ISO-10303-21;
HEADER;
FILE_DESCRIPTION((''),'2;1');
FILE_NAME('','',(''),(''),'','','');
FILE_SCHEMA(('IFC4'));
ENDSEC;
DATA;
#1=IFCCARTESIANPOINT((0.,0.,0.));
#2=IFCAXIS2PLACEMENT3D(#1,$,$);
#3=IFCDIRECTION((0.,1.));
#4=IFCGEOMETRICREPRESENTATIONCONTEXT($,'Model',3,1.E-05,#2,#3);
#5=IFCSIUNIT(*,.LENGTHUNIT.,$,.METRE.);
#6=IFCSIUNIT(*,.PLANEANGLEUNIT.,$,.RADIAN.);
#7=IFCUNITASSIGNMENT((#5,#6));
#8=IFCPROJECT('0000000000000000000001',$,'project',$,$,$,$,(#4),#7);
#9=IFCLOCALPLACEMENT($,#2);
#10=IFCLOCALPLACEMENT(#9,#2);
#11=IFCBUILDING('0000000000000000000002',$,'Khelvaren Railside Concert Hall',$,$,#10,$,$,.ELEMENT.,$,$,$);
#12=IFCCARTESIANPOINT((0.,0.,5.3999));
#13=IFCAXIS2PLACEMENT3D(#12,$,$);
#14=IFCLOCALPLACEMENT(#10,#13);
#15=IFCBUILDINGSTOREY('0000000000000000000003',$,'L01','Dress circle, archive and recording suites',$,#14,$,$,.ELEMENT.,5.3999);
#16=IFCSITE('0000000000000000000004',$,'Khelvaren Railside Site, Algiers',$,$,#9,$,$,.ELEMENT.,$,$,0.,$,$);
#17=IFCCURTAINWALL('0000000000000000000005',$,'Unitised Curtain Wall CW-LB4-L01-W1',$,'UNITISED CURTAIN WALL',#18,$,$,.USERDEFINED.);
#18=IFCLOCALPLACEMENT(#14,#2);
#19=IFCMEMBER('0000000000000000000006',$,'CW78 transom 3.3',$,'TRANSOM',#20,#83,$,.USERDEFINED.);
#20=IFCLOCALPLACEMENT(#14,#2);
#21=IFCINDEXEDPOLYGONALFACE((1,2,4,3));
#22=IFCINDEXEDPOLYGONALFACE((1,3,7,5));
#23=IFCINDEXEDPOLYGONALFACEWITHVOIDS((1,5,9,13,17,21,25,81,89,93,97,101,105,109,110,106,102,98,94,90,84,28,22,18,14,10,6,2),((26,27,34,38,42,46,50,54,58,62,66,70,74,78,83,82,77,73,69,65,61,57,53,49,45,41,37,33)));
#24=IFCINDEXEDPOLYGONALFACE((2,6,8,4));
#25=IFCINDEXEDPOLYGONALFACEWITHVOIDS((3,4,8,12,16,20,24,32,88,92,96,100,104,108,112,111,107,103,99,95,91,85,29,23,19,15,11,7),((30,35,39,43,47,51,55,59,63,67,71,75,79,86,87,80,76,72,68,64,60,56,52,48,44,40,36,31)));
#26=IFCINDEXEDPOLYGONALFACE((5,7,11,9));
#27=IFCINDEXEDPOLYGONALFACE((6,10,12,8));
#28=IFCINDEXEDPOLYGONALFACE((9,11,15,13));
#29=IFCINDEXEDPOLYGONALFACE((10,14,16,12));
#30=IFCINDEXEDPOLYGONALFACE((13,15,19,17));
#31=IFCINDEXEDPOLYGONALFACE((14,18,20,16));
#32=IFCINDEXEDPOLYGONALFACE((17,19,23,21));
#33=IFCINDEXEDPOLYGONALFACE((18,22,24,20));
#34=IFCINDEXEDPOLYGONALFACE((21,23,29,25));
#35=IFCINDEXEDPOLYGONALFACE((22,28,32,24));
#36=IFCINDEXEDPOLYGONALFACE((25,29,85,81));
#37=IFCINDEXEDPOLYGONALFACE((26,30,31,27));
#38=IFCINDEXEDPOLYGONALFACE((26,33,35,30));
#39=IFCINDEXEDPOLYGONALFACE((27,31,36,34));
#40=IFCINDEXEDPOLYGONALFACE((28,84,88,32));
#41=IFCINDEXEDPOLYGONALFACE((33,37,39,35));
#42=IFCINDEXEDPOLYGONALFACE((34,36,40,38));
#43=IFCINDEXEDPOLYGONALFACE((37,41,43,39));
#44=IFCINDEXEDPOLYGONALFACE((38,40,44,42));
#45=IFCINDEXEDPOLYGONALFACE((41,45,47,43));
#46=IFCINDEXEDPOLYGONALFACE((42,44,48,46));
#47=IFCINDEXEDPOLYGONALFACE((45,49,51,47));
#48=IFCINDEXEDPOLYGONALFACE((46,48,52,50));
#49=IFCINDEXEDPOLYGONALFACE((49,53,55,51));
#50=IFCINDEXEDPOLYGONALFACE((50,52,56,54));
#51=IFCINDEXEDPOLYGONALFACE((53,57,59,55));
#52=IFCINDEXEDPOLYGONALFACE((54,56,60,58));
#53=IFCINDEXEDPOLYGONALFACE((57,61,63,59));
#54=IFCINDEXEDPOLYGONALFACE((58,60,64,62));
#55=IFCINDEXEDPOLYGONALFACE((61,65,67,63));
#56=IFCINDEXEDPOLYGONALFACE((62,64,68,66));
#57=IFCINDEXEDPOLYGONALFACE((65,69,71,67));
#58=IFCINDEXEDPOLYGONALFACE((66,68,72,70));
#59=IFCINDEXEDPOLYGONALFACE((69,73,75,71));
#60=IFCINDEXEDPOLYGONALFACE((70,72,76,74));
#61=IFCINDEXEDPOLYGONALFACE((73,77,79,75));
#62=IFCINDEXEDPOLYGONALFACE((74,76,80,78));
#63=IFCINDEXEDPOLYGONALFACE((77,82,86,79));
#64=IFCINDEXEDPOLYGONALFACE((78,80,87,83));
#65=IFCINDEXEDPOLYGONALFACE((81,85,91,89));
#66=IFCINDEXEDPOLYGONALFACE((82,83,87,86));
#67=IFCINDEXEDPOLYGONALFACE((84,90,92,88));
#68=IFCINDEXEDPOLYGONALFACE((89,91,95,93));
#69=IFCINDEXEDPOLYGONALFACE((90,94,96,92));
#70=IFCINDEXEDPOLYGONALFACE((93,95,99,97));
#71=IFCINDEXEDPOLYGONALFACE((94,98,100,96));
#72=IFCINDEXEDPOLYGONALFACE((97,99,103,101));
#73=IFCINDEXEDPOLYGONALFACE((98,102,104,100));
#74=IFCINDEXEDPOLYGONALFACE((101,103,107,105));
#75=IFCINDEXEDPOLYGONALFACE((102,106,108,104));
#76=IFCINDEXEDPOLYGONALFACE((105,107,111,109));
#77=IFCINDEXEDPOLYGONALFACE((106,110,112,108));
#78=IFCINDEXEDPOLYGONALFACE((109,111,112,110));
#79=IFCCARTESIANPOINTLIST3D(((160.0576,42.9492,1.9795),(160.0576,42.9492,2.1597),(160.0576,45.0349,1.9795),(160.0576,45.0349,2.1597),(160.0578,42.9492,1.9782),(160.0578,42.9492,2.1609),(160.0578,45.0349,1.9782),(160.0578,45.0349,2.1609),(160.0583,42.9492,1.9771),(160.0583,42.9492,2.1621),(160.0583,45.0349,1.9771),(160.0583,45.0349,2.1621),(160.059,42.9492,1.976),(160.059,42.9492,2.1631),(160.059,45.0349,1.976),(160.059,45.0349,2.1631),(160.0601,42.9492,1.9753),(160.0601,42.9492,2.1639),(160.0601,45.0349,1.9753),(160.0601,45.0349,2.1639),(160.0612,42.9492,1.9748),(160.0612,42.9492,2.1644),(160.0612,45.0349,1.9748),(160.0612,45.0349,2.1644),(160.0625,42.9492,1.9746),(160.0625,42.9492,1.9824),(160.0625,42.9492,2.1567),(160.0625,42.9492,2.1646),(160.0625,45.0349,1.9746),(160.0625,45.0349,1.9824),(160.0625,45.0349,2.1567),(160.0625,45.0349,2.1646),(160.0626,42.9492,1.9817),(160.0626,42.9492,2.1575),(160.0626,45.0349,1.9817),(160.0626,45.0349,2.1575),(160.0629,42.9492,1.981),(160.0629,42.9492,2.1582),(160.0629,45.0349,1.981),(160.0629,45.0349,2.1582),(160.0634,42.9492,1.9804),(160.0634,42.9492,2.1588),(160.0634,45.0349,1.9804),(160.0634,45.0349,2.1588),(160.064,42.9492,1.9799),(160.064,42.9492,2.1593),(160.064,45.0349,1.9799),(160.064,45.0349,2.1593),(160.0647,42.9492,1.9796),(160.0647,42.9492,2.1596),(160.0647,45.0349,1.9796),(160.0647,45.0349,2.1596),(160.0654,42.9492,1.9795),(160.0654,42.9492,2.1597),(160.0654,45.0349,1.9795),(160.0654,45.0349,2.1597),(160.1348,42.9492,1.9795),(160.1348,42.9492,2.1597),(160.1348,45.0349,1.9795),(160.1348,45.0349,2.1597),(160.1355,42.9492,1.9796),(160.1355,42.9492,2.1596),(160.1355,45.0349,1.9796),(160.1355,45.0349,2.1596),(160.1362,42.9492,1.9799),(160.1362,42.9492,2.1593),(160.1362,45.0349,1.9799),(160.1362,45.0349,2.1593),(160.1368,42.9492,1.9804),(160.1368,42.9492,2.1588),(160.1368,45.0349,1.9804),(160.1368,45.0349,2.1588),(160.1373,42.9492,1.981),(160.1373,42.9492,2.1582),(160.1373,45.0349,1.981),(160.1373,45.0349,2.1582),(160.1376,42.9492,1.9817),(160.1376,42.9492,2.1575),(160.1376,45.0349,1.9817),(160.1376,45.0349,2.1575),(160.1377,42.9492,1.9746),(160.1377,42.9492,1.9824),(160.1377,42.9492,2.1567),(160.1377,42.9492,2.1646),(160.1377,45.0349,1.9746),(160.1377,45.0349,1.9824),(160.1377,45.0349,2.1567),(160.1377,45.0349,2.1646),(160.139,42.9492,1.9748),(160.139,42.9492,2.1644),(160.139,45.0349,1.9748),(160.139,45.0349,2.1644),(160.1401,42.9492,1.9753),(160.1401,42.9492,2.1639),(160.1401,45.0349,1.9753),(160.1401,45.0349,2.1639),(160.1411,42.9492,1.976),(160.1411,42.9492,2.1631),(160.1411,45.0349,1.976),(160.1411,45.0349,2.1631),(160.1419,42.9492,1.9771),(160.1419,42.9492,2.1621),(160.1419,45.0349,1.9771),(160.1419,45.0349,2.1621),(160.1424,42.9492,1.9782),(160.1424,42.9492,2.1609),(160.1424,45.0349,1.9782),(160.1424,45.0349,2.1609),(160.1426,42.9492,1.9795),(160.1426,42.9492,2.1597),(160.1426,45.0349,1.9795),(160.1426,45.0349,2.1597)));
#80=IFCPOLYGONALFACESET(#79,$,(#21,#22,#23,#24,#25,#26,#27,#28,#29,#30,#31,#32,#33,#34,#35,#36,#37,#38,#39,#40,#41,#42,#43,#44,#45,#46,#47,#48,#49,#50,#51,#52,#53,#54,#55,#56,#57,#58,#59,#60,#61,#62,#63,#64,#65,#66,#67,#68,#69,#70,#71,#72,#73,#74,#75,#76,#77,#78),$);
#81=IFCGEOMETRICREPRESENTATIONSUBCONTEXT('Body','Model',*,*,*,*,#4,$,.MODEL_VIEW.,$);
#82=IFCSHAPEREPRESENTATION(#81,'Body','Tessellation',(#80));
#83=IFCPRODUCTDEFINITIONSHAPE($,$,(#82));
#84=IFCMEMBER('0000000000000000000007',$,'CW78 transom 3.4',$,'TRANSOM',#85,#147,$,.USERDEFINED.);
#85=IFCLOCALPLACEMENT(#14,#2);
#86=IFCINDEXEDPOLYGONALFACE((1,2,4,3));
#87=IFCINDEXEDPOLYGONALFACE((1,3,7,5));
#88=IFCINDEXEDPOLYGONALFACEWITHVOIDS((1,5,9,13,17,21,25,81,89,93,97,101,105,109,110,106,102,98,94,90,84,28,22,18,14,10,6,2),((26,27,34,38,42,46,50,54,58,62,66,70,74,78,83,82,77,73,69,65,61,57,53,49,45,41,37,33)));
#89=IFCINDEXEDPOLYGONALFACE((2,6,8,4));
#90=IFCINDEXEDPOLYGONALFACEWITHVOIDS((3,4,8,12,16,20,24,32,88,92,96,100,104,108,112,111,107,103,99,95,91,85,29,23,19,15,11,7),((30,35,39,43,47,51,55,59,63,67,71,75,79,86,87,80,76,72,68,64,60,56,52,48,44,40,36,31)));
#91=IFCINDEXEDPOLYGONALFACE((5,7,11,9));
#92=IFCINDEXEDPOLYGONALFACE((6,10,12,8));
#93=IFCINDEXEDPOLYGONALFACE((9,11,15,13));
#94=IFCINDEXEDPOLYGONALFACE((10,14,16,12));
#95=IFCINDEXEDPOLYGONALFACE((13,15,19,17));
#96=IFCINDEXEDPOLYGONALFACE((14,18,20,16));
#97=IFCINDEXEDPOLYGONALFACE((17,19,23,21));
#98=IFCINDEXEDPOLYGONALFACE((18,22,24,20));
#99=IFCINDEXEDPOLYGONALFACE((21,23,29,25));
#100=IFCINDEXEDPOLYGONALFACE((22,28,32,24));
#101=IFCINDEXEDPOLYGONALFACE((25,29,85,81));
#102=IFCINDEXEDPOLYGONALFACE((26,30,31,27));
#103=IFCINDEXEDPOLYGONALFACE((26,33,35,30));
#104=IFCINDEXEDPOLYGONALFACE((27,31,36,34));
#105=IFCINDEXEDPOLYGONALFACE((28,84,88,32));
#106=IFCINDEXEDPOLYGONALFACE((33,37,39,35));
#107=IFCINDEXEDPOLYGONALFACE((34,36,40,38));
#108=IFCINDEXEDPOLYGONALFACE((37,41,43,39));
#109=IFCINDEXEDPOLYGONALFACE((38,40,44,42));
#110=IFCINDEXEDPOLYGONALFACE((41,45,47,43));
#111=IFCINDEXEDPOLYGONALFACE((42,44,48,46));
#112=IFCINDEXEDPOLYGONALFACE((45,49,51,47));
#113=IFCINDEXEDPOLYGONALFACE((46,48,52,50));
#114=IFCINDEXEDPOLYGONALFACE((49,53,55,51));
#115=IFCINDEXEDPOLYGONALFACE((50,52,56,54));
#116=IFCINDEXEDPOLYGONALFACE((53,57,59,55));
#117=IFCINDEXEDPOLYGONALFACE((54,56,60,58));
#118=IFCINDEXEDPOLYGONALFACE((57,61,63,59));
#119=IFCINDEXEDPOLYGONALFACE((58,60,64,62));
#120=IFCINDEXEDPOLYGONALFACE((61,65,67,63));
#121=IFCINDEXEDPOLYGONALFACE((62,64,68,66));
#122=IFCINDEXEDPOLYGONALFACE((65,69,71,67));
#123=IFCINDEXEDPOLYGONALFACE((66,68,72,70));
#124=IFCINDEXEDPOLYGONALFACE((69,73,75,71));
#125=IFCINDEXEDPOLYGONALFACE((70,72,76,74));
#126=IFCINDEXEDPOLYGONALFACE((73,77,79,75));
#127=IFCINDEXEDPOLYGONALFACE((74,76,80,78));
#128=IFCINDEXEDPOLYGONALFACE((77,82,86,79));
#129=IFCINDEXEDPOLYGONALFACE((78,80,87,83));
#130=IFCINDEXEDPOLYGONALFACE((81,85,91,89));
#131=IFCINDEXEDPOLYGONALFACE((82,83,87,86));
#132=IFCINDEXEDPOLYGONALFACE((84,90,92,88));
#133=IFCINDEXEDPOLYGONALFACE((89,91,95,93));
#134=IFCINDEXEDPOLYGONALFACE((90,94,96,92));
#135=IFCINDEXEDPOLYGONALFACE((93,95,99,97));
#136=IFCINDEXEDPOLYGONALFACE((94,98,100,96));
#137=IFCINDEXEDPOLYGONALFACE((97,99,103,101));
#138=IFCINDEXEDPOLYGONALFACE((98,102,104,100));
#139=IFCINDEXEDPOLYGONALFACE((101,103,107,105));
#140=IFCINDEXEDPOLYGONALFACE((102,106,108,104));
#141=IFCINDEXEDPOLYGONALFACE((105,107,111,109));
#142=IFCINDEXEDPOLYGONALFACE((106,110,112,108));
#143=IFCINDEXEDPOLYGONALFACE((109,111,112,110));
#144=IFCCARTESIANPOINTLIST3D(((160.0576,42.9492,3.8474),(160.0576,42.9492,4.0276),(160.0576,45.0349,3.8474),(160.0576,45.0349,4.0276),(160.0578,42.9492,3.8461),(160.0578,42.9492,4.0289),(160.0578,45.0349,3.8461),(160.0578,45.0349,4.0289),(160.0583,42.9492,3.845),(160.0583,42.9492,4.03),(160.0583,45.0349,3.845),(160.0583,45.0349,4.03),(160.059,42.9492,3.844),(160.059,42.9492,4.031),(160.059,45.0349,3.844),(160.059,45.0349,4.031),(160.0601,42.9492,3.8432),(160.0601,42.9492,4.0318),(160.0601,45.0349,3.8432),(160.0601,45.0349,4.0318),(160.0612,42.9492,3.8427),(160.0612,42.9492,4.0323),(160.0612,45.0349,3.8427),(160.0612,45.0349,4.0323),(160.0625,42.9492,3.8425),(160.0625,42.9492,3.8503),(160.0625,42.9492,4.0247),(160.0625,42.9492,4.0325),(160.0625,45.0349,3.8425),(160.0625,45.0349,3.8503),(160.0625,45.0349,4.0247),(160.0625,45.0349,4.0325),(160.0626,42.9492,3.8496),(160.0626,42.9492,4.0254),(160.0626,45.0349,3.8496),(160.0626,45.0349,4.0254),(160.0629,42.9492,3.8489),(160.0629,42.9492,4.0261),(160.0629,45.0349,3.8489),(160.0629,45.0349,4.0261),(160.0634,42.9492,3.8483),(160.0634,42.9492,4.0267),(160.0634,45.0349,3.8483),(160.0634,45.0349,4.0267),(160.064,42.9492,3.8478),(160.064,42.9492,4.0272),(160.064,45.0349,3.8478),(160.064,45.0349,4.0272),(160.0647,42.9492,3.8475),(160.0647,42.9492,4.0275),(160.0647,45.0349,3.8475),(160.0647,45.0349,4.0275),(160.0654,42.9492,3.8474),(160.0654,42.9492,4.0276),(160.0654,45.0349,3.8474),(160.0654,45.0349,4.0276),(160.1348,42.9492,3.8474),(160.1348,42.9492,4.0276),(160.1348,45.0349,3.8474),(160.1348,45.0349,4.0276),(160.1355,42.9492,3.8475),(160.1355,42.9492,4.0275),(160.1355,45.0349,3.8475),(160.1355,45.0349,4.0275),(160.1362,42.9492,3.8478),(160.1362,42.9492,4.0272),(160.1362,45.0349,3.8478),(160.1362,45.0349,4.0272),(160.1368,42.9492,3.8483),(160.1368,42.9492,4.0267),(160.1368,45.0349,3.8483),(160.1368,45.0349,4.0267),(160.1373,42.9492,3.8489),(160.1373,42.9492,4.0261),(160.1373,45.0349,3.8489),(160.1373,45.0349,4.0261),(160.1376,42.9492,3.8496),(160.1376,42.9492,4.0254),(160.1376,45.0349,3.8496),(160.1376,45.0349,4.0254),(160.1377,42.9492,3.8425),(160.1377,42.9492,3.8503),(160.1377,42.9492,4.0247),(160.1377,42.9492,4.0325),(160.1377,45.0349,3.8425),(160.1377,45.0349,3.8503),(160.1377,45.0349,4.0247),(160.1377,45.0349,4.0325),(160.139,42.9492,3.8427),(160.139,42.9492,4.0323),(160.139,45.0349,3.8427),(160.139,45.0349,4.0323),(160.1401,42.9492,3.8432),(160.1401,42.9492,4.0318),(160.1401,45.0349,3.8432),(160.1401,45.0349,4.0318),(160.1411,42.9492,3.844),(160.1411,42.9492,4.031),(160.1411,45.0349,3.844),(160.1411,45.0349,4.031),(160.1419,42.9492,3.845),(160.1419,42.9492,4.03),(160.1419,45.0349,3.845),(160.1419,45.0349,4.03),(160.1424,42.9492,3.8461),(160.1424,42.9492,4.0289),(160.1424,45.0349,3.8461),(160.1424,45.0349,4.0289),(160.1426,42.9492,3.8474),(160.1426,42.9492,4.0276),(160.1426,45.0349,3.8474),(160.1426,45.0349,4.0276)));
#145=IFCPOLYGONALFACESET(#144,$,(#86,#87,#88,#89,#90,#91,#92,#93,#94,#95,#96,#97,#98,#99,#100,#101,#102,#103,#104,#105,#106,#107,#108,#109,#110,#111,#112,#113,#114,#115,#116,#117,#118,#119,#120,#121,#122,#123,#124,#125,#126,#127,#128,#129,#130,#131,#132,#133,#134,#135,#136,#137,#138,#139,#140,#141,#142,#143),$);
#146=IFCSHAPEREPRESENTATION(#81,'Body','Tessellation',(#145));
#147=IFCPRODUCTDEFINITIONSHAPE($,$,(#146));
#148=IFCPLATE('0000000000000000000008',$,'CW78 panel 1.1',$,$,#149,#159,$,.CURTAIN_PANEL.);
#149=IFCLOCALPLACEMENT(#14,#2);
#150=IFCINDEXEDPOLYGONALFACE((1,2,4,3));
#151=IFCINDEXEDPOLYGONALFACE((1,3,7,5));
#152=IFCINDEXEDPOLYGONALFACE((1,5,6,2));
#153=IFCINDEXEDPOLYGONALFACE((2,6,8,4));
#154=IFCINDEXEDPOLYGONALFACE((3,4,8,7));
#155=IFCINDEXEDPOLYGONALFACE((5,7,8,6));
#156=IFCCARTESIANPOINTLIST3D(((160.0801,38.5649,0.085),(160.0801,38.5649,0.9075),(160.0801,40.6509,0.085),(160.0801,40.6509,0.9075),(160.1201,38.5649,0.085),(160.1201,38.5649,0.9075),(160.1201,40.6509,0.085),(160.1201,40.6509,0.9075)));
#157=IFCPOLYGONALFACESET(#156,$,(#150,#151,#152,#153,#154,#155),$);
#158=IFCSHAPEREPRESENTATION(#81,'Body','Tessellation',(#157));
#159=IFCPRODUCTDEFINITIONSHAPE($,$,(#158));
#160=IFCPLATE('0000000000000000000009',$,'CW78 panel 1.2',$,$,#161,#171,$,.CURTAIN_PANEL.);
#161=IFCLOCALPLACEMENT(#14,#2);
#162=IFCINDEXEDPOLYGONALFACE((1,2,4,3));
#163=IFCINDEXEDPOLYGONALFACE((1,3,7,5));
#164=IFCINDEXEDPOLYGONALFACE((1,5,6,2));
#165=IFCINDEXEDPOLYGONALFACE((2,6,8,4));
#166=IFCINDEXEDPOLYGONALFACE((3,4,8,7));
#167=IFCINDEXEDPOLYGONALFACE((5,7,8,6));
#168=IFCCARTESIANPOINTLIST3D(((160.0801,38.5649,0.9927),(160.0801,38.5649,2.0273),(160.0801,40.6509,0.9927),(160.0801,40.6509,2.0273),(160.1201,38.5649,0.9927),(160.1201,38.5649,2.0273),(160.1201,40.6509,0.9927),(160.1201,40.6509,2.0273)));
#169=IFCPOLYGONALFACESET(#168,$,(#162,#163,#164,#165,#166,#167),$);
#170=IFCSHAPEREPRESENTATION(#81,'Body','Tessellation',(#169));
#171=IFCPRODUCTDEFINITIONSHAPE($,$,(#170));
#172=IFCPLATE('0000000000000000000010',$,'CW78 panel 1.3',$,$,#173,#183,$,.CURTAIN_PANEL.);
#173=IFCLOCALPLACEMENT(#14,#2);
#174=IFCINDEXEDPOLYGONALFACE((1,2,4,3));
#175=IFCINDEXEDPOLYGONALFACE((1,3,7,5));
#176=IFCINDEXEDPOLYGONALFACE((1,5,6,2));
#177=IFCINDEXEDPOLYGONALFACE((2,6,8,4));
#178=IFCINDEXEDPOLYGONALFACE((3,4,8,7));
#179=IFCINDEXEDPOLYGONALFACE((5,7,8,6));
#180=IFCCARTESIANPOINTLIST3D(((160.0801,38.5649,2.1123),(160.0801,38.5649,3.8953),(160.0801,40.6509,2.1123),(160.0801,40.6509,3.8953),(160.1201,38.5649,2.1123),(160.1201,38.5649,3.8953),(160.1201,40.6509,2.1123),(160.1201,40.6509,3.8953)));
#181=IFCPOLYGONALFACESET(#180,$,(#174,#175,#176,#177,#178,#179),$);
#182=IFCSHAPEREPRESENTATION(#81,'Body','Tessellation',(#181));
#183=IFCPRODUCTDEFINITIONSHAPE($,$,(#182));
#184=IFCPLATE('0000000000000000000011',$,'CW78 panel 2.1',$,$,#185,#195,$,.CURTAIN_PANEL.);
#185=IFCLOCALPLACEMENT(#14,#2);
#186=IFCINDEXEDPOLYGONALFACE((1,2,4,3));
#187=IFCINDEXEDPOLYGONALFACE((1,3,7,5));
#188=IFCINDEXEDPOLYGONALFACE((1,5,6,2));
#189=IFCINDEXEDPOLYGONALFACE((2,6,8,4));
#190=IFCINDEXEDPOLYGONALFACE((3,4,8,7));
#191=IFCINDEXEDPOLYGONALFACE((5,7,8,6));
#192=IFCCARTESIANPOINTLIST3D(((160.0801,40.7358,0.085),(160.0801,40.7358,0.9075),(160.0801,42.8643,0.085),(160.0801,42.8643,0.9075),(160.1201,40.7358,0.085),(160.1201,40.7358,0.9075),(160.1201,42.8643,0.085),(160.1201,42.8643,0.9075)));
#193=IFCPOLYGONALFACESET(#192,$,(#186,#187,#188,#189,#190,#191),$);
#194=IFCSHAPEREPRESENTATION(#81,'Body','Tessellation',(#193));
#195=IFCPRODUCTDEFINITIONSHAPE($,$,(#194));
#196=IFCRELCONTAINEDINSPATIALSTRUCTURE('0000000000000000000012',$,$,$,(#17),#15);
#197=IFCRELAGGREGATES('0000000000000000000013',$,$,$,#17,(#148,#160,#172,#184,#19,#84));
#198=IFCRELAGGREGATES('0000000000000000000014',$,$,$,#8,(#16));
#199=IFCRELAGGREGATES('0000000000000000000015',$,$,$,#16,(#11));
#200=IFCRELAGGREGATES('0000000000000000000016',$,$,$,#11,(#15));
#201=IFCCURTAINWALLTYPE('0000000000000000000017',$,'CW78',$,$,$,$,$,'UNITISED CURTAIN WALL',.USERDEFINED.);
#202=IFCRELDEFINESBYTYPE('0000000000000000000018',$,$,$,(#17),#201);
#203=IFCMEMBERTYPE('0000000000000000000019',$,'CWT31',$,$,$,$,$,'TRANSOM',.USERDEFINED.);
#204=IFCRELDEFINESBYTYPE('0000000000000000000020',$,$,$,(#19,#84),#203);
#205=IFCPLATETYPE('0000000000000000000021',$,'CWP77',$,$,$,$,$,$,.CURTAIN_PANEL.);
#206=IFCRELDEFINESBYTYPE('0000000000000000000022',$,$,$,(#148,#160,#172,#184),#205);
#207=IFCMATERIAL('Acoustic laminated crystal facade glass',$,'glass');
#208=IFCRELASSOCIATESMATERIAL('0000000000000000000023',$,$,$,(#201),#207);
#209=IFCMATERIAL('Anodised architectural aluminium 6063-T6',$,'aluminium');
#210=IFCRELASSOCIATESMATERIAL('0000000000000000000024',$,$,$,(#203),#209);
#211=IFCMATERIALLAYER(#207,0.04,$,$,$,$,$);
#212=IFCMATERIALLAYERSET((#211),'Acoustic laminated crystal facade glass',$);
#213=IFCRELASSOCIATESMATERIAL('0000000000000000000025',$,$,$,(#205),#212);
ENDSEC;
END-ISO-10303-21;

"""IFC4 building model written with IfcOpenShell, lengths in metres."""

from ifc_helpers import new_model, si_unit, direction, frame, origin, origin_2d, place, context, subcontext, project, spatial, rectangle, hollow_rectangle, extrude, material, layer, layer_set, material_profile, profile_set, type_object, element, aggregate, save


model = new_model("IFC4")

# Units and contexts
model_context = context("Model", 3, precision=1e-05, world=origin(), true_north=direction((0.0, 1.0)))
body_context = subcontext(model_context, "Body", "Model", "MODEL_VIEW")
ifc_project = project(units=[si_unit("LENGTHUNIT", "METRE"), si_unit("PLANEANGLEUNIT", "RADIAN")], contexts=[model_context])

# Site, building, storey
site_placement = place(None, origin())
site = spatial("IfcSite", under=ifc_project, at=site_placement, Name="Khelvaren Railside Site, Algiers", CompositionType="ELEMENT", RefElevation=0.0)
building_placement = place(site_placement, origin())
building = spatial("IfcBuilding", under=site, at=building_placement, Name="Khelvaren Railside Concert Hall", CompositionType="ELEMENT")
storey_placement = place(building_placement, frame((0.0, 0.0, 5.3999)))
storey = spatial("IfcBuildingStorey", under=building, at=storey_placement, Name="L01", Description="Dress circle, archive and recording suites", CompositionType="ELEMENT", Elevation=5.3999)

# Curtain wall, members, plates
ifc_material_1 = material(Name="Acoustic laminated crystal facade glass", Category="glass")
curtain_wall_type = type_object("IfcCurtainWallType", Name="CW78", ElementType="UNITISED CURTAIN WALL", PredefinedType="USERDEFINED", material=ifc_material_1)
curtain_wall_placement = place(storey_placement, origin())
curtain_wall = element("IfcCurtainWall", 1, at=curtain_wall_placement, inside=storey, type_object=curtain_wall_type, Name="Unitised Curtain Wall CW-LB4-L01-W1", ObjectType="UNITISED CURTAIN WALL", PredefinedType="USERDEFINED")
ifc_material_2 = material(Name="Anodised architectural aluminium 6063-T6", Category="aluminium")
ifc_material_profile_1 = material_profile(ifc_material_2, hollow_rectangle(XDim=0.085, YDim=0.1899, WallThickness=0.0049, InnerFilletRadius=0.0029, OuterFilletRadius=0.0049, at=origin_2d()), Name="CWT 85x190x5")
ifc_profile_set_1 = profile_set([ifc_material_profile_1], Name="Anodised architectural aluminium 6063-T6")
member_type_1 = type_object("IfcMemberType", Name="CWT31", ElementType="TRANSOM", PredefinedType="USERDEFINED", material=ifc_profile_set_1)
member_1_placement = place(storey_placement, frame((160.1001, 42.9492, 2.0696), z_axis=(0.0, 1.0, 0.0), x_axis=(-1.0, 0.0, 0.0)))
member_1 = element("IfcMember", 2, at=member_1_placement, type_object=member_type_1, Name="CW78 transom 3.3", ObjectType="TRANSOM", PredefinedType="USERDEFINED", context=body_context, shape_type="SweptSolid", body=[
    extrude(hollow_rectangle(XDim=0.085, YDim=0.1899, WallThickness=0.0049, InnerFilletRadius=0.0029, OuterFilletRadius=0.0049, at=origin_2d()), origin(), (0.0, 0.0, 1.0), 2.0857),
])
member_2_placement = place(storey_placement, frame((160.1001, 42.9492, 3.9375), z_axis=(0.0, 1.0, 0.0), x_axis=(-1.0, 0.0, 0.0)))
member_2 = element("IfcMember", 3, at=member_2_placement, type_object=member_type_1, Name="CW78 transom 3.4", ObjectType="TRANSOM", PredefinedType="USERDEFINED", context=body_context, shape_type="SweptSolid", body=[
    extrude(hollow_rectangle(XDim=0.085, YDim=0.1899, WallThickness=0.0049, InnerFilletRadius=0.0029, OuterFilletRadius=0.0049, at=origin_2d()), origin(), (0.0, 0.0, 1.0), 2.0857),
])
ifc_layer = layer(ifc_material_1, 0.04)
ifc_layer_set = layer_set([ifc_layer], Name="Acoustic laminated crystal facade glass")
plate_type = type_object("IfcPlateType", Name="CWP77", PredefinedType="CURTAIN_PANEL", material=ifc_layer_set)
plate_1_placement = place(storey_placement, frame((160.1001, 39.6079, 0.085), z_axis=(0.0, 0.0, 1.0), x_axis=(0.0, 1.0, 0.0)))
plate_1 = element("IfcPlate", 4, at=plate_1_placement, type_object=plate_type, Name="CW78 panel 1.1", PredefinedType="CURTAIN_PANEL", context=body_context, shape_type="SweptSolid", body=[
    extrude(rectangle(XDim=2.0859, YDim=0.04, at=origin_2d()), origin(), (0.0, 0.0, 1.0), 0.8225),
])
plate_2_placement = place(storey_placement, frame((160.1001, 39.6079, 0.9927), z_axis=(0.0, 0.0, 1.0), x_axis=(0.0, 1.0, 0.0)))
plate_2 = element("IfcPlate", 5, at=plate_2_placement, type_object=plate_type, Name="CW78 panel 1.2", PredefinedType="CURTAIN_PANEL", context=body_context, shape_type="SweptSolid", body=[
    extrude(rectangle(XDim=2.0859, YDim=0.04, at=origin_2d()), origin(), (0.0, 0.0, 1.0), 1.0347),
])
plate_3_placement = place(storey_placement, frame((160.1001, 39.6079, 2.1123), z_axis=(0.0, 0.0, 1.0), x_axis=(0.0, 1.0, 0.0)))
plate_3 = element("IfcPlate", 6, at=plate_3_placement, type_object=plate_type, Name="CW78 panel 1.3", PredefinedType="CURTAIN_PANEL", context=body_context, shape_type="SweptSolid", body=[
    extrude(rectangle(XDim=2.0859, YDim=0.04, at=origin_2d()), origin(), (0.0, 0.0, 1.0), 1.783),
])
plate_4_placement = place(storey_placement, frame((160.1001, 41.8, 0.085), z_axis=(0.0, 0.0, 1.0), x_axis=(0.0, 1.0, 0.0)))
plate_4 = element("IfcPlate", 7, at=plate_4_placement, type_object=plate_type, Name="CW78 panel 2.1", PredefinedType="CURTAIN_PANEL", context=body_context, shape_type="SweptSolid", body=[
    extrude(rectangle(XDim=2.1284, YDim=0.04, at=origin_2d()), origin(), (0.0, 0.0, 1.0), 0.8225),
])
aggregate(curtain_wall, [plate_1, plate_2, plate_3, plate_4, member_1, member_2])

save(model, "model.ifc")
